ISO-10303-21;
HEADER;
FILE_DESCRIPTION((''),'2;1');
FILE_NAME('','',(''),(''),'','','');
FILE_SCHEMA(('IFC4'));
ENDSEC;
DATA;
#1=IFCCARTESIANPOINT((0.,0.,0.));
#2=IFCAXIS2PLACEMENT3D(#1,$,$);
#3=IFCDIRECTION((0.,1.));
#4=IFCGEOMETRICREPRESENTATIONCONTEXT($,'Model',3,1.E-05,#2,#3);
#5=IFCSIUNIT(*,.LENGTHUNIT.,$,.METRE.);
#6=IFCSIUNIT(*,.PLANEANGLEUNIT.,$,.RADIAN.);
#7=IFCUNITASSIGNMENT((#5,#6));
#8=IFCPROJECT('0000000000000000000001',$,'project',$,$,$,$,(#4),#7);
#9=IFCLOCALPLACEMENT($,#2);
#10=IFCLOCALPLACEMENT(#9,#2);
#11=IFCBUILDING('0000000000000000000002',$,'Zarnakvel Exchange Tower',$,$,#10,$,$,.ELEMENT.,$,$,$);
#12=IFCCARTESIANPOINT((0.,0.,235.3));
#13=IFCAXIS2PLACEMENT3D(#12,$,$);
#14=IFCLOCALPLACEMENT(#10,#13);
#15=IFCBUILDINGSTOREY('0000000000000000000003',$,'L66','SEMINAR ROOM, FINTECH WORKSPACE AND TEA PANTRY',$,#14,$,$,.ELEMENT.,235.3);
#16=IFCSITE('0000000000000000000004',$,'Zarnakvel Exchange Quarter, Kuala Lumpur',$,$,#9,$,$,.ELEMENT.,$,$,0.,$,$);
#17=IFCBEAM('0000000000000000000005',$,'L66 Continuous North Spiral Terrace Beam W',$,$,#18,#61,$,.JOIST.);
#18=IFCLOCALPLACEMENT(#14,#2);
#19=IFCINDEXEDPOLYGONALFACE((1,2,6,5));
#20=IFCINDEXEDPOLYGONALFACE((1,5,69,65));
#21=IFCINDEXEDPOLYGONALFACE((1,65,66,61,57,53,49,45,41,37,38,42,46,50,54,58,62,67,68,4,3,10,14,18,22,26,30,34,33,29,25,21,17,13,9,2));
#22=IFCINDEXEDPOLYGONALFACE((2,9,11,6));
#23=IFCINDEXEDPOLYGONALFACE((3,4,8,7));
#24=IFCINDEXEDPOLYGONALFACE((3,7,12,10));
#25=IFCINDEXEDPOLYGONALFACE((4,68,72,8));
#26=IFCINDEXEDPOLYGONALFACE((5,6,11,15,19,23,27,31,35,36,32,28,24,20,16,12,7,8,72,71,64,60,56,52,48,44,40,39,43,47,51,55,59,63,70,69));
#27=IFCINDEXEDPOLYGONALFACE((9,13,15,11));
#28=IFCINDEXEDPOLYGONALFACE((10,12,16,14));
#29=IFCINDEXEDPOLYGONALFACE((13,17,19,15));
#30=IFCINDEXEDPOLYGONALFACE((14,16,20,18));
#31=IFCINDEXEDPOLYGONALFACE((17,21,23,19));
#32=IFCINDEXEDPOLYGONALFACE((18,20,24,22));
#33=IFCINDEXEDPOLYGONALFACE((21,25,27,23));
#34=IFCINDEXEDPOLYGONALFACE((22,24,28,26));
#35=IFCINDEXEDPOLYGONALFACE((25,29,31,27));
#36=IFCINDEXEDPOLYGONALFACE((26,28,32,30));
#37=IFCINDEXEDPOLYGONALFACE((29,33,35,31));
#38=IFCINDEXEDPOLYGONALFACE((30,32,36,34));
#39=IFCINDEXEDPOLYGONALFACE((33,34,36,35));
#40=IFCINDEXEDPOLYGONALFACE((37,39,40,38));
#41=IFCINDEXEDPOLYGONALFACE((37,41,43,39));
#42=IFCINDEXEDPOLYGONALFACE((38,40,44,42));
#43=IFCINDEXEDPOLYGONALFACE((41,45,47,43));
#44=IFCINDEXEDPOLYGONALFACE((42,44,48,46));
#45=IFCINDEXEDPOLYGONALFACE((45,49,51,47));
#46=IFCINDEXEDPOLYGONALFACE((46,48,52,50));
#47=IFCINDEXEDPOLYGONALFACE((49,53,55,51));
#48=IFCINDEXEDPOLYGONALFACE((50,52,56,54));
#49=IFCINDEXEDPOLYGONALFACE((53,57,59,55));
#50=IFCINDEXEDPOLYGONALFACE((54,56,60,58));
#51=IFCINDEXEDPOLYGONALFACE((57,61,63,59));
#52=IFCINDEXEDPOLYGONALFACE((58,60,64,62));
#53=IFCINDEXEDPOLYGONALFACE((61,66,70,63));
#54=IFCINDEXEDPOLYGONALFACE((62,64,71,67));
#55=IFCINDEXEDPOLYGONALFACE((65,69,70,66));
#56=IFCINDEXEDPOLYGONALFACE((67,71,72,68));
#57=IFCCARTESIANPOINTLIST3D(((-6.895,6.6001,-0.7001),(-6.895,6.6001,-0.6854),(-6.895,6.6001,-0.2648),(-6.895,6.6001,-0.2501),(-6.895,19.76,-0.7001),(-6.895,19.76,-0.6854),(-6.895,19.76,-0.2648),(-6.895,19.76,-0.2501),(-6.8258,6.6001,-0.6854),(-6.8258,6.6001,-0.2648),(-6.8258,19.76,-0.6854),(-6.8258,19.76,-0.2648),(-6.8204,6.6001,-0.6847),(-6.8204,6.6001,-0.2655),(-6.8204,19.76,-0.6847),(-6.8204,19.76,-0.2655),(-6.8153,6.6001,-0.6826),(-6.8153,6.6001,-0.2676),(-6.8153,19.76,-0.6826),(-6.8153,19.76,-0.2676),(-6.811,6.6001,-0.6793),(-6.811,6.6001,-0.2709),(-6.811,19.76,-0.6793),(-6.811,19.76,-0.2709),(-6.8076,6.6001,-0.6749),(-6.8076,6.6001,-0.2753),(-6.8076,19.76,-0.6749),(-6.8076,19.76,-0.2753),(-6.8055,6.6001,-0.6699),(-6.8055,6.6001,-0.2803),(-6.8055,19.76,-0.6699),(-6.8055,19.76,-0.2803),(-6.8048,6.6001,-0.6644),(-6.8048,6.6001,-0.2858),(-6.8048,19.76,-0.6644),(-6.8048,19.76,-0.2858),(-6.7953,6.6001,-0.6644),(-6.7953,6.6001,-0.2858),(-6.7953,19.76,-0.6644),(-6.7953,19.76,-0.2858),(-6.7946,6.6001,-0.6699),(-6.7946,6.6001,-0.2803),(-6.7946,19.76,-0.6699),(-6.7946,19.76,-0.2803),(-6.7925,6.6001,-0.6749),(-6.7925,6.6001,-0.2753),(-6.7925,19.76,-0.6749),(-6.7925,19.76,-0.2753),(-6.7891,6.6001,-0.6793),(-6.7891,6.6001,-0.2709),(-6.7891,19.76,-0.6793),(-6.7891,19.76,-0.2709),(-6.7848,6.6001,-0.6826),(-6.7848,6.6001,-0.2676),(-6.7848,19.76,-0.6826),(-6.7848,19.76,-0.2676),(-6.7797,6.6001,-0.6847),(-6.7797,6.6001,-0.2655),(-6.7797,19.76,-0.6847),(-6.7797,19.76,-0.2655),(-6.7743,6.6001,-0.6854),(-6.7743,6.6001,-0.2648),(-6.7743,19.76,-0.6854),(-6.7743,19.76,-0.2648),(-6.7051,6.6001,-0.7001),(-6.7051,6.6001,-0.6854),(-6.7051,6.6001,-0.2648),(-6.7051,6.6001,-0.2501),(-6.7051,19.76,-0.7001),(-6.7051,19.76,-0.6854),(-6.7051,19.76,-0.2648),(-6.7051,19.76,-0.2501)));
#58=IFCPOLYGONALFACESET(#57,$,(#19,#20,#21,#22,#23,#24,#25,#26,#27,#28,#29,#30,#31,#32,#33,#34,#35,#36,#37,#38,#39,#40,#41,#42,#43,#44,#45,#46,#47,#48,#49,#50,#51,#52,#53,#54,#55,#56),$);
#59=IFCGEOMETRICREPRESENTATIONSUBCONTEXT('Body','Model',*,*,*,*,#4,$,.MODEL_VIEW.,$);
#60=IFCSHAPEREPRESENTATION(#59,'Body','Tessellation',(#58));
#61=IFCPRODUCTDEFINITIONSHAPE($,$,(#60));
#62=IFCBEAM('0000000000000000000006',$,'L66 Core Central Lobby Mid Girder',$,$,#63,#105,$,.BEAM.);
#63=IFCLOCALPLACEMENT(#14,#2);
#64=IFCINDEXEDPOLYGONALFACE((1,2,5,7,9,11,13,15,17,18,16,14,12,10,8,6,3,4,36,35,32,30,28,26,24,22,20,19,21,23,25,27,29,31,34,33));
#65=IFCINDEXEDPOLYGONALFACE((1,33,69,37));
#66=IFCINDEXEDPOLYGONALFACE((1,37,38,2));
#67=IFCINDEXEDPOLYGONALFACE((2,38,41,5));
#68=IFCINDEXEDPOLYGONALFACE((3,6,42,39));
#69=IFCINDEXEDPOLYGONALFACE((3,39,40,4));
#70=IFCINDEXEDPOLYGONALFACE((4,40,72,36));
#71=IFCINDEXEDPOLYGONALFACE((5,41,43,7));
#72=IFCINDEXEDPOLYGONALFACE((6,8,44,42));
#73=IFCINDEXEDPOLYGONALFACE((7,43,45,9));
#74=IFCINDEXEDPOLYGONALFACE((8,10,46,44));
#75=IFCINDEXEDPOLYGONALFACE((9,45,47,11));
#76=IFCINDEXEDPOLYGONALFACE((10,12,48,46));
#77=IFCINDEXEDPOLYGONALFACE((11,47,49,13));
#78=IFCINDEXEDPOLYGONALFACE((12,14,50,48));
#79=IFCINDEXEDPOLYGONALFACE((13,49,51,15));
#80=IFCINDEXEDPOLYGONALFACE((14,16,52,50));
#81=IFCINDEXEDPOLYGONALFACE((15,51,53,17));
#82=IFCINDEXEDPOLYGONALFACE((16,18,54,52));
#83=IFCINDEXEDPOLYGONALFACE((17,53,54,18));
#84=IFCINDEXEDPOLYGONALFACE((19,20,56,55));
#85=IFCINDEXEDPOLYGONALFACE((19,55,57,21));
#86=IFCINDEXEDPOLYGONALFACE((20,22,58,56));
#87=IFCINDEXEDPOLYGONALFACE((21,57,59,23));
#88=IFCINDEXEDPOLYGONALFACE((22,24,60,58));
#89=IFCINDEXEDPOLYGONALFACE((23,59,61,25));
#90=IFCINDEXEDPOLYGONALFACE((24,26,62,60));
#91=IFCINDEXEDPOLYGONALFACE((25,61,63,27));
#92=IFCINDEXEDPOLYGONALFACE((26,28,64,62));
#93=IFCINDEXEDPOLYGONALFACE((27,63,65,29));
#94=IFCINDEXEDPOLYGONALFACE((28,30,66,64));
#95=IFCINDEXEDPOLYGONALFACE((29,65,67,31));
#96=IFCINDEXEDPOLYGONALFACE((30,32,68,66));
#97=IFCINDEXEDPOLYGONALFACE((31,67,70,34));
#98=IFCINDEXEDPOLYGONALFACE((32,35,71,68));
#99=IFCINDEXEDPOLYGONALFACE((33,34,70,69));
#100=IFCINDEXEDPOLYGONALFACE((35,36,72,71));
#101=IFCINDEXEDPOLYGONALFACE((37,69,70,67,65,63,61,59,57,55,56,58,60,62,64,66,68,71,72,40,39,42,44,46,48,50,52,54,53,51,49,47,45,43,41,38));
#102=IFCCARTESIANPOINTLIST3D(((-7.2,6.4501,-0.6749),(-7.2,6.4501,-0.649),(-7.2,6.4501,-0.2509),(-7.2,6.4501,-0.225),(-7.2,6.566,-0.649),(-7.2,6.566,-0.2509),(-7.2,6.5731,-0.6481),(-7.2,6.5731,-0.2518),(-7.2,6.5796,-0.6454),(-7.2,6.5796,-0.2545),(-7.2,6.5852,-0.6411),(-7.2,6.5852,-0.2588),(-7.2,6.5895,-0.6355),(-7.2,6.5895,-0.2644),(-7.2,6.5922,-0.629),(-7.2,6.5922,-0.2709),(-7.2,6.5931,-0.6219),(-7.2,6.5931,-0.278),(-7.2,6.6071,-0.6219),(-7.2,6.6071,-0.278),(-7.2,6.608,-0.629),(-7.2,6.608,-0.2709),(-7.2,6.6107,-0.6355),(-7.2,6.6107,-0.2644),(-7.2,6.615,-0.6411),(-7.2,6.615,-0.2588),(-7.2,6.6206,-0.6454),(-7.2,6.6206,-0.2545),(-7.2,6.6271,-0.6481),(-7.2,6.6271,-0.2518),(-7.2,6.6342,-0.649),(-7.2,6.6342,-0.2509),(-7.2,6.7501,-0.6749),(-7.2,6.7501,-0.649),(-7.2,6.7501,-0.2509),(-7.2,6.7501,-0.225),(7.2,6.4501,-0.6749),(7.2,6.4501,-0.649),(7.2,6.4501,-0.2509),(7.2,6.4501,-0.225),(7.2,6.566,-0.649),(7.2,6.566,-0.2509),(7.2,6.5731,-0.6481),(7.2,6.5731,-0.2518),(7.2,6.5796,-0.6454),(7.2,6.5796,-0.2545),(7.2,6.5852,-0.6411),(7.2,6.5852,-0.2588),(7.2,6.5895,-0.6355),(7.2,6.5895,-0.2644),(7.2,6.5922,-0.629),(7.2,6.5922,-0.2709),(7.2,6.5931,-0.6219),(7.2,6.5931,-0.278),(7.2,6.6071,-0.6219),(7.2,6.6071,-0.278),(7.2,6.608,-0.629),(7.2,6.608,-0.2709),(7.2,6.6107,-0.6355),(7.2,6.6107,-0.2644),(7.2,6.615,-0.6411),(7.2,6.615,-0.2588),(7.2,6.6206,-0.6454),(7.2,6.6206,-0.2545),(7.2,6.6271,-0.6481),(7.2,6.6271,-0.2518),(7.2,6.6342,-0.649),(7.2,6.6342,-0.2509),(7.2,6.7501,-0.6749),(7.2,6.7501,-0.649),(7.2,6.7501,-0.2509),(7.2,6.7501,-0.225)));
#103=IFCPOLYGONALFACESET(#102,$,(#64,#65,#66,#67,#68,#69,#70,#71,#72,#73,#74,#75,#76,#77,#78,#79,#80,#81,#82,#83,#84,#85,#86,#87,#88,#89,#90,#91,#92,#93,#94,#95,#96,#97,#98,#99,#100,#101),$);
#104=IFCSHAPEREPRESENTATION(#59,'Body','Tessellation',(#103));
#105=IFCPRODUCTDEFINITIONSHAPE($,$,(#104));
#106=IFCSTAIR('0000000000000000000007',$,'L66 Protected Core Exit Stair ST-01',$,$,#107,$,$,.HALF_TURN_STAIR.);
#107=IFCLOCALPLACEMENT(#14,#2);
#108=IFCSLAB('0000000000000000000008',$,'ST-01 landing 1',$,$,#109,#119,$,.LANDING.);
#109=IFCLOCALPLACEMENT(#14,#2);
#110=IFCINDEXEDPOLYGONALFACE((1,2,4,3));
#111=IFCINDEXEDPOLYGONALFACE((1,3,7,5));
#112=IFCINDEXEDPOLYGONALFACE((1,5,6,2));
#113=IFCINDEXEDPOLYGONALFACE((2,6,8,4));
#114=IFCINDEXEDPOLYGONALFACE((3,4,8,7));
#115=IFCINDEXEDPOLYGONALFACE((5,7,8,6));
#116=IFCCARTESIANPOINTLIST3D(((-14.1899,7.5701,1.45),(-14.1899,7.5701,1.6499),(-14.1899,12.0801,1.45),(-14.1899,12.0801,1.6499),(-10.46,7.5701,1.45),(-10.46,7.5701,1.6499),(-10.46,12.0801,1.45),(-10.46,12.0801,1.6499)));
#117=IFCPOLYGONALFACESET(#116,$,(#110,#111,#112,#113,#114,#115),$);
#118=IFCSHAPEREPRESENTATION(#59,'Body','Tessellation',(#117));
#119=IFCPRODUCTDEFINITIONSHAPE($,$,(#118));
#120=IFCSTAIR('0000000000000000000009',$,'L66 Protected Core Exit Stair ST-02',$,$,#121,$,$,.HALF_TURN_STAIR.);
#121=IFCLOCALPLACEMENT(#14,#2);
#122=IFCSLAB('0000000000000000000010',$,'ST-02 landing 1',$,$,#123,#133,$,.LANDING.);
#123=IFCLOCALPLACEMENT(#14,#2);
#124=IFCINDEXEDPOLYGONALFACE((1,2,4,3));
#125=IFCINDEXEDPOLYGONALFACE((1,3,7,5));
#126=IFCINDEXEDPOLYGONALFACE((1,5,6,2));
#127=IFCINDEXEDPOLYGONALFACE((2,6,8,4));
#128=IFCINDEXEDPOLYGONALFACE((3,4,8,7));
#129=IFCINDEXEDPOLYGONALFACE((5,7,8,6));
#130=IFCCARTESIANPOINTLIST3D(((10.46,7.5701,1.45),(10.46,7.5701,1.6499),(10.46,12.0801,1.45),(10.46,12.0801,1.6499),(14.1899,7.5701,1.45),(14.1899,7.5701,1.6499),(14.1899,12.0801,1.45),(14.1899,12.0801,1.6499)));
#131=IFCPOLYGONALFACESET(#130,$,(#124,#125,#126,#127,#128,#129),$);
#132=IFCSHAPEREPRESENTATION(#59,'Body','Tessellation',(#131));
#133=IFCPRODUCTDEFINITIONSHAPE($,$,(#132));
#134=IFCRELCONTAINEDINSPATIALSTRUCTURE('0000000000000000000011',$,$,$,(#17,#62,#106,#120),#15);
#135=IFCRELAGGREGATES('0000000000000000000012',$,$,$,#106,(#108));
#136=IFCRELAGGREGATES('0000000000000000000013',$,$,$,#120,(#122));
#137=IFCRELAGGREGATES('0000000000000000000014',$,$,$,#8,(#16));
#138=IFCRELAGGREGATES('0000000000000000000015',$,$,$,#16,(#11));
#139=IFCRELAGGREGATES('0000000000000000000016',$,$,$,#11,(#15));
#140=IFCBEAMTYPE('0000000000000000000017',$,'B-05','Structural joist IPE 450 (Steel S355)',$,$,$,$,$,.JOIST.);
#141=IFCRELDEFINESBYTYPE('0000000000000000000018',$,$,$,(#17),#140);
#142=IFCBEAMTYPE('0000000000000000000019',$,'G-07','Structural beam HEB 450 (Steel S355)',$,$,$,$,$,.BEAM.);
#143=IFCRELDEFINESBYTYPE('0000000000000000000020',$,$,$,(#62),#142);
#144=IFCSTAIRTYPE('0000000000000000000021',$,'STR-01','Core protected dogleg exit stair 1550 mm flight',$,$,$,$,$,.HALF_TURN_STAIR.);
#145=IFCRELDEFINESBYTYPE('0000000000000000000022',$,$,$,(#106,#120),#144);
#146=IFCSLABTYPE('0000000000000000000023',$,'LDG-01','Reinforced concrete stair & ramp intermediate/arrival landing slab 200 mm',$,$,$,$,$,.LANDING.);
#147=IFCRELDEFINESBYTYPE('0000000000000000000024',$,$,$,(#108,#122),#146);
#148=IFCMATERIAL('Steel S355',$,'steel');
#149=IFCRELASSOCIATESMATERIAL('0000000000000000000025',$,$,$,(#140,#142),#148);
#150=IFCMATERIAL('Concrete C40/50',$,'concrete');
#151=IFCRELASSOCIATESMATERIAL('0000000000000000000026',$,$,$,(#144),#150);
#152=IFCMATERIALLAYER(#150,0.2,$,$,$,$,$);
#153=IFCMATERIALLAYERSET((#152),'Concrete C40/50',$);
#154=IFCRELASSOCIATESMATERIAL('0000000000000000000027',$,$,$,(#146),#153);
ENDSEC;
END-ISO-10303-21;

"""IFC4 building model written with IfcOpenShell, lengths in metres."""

from ifc_helpers import new_model, si_unit, direction, frame, origin, origin_2d, place, context, subcontext, project, spatial, polyline, i_section, outline, extrude, material, layer, layer_set, material_profile, profile_set, type_object, element, aggregate, save


model = new_model("IFC4")

# Units and contexts
model_context = context("Model", 3, precision=1e-05, world=origin(), true_north=direction((0.0, 1.0)))
body_context = subcontext(model_context, "Body", "Model", "MODEL_VIEW")
ifc_project = project(units=[si_unit("LENGTHUNIT", "METRE"), si_unit("PLANEANGLEUNIT", "RADIAN")], contexts=[model_context])

# Site, building, storey
site_placement = place(None, origin())
site = spatial("IfcSite", under=ifc_project, at=site_placement, Name="Zarnakvel Exchange Quarter, Kuala Lumpur", CompositionType="ELEMENT", RefElevation=0.0)
building_placement = place(site_placement, origin())
building = spatial("IfcBuilding", under=site, at=building_placement, Name="Zarnakvel Exchange Tower", CompositionType="ELEMENT")
storey_placement = place(building_placement, frame((0.0, 0.0, 235.3)))
storey = spatial("IfcBuildingStorey", under=building, at=storey_placement, Name="L66", Description="SEMINAR ROOM, FINTECH WORKSPACE AND TEA PANTRY", CompositionType="ELEMENT", Elevation=235.3)

# Beams
ifc_material_1 = material(Name="Steel S355", Category="steel")
ifc_material_profile_1 = material_profile(ifc_material_1, i_section(OverallWidth=0.1899, OverallDepth=0.45, WebThickness=0.0095, FlangeThickness=0.0146, FilletRadius=0.021, at=origin_2d()))
ifc_profile_set_1 = profile_set([ifc_material_profile_1], Name="Steel S355")
beam_type_1 = type_object("IfcBeamType", Name="B-05", Description="Structural joist IPE 450 (Steel S355)", PredefinedType="JOIST", material=ifc_profile_set_1)
beam_1_placement = place(storey_placement, frame((-6.8, 6.6001, -0.4751), z_axis=(0.0, 1.0, 0.0), x_axis=(-1.0, 0.0, 0.0)))
element("IfcBeam", 1, at=beam_1_placement, inside=storey, type_object=beam_type_1, Name="L66 Continuous North Spiral Terrace Beam W", PredefinedType="JOIST", context=body_context, shape_type="SweptSolid", body=[
    extrude(i_section(OverallWidth=0.1899, OverallDepth=0.45, WebThickness=0.0095, FlangeThickness=0.0146, FilletRadius=0.021, at=origin_2d()), origin(), (0.0, 0.0, 1.0), 13.1599),
])
ifc_material_profile_2 = material_profile(ifc_material_1, i_section(OverallWidth=0.3, OverallDepth=0.45, WebThickness=0.0139, FlangeThickness=0.0259, FilletRadius=0.0271, at=origin_2d()))
ifc_profile_set_2 = profile_set([ifc_material_profile_2], Name="Steel S355")
beam_type_2 = type_object("IfcBeamType", Name="G-07", Description="Structural beam HEB 450 (Steel S355)", PredefinedType="BEAM", material=ifc_profile_set_2)
beam_2_placement = place(storey_placement, frame((-7.2, 6.6001, -0.45), z_axis=(1.0, 0.0, 0.0), x_axis=(0.0, 1.0, 0.0)))
element("IfcBeam", 2, at=beam_2_placement, inside=storey, type_object=beam_type_2, Name="L66 Core Central Lobby Mid Girder", PredefinedType="BEAM", context=body_context, shape_type="SweptSolid", body=[
    extrude(i_section(OverallWidth=0.3, OverallDepth=0.45, WebThickness=0.0139, FlangeThickness=0.0259, FilletRadius=0.0271, at=origin_2d()), origin(), (0.0, 0.0, 1.0), 14.3999),
])

# Stairs, slabs
ifc_material_2 = material(Name="Concrete C40/50", Category="concrete")
stair_type = type_object("IfcStairType", Name="STR-01", Description="Core protected dogleg exit stair 1550 mm flight", PredefinedType="HALF_TURN_STAIR", material=ifc_material_2)
stair_1_placement = place(storey_placement, origin())
stair_1 = element("IfcStair", 3, at=stair_1_placement, inside=storey, type_object=stair_type, Name="L66 Protected Core Exit Stair ST-01", PredefinedType="HALF_TURN_STAIR")
ifc_layer_1 = layer(ifc_material_2, 0.2)
ifc_layer_set_1 = layer_set([ifc_layer_1], Name="Concrete C40/50")
slab_type_1 = type_object("IfcSlabType", Name="LDG-01", Description="Reinforced concrete stair & ramp intermediate/arrival landing slab 200 mm", PredefinedType="LANDING", material=ifc_layer_set_1)
slab_1_placement = place(storey_placement, frame((0.0, 0.0, 1.45)))
slab_1 = element("IfcSlab", 4, at=slab_1_placement, type_object=slab_type_1, Name="ST-01 landing 1", PredefinedType="LANDING", context=body_context, shape_type="SweptSolid", body=[
    extrude(outline(polyline([(-14.1899, 7.5701), (-10.46, 7.5701), (-10.46, 12.0801), (-14.1899, 12.0801), (-14.1899, 7.5701)])), origin(), (0.0, 0.0, 1.0), 0.2),
])
aggregate(stair_1, [slab_1])
stair_2_placement = place(storey_placement, origin())
stair_2 = element("IfcStair", 5, at=stair_2_placement, inside=storey, type_object=stair_type, Name="L66 Protected Core Exit Stair ST-02", PredefinedType="HALF_TURN_STAIR")
slab_2_placement = place(storey_placement, frame((0.0, 0.0, 1.45)))
slab_2 = element("IfcSlab", 6, at=slab_2_placement, type_object=slab_type_1, Name="ST-02 landing 1", PredefinedType="LANDING", context=body_context, shape_type="SweptSolid", body=[
    extrude(outline(polyline([(10.46, 7.5701), (14.1899, 7.5701), (14.1899, 12.0801), (10.46, 12.0801), (10.46, 7.5701)])), origin(), (0.0, 0.0, 1.0), 0.2),
])
aggregate(stair_2, [slab_2])

save(model, "model.ifc")
